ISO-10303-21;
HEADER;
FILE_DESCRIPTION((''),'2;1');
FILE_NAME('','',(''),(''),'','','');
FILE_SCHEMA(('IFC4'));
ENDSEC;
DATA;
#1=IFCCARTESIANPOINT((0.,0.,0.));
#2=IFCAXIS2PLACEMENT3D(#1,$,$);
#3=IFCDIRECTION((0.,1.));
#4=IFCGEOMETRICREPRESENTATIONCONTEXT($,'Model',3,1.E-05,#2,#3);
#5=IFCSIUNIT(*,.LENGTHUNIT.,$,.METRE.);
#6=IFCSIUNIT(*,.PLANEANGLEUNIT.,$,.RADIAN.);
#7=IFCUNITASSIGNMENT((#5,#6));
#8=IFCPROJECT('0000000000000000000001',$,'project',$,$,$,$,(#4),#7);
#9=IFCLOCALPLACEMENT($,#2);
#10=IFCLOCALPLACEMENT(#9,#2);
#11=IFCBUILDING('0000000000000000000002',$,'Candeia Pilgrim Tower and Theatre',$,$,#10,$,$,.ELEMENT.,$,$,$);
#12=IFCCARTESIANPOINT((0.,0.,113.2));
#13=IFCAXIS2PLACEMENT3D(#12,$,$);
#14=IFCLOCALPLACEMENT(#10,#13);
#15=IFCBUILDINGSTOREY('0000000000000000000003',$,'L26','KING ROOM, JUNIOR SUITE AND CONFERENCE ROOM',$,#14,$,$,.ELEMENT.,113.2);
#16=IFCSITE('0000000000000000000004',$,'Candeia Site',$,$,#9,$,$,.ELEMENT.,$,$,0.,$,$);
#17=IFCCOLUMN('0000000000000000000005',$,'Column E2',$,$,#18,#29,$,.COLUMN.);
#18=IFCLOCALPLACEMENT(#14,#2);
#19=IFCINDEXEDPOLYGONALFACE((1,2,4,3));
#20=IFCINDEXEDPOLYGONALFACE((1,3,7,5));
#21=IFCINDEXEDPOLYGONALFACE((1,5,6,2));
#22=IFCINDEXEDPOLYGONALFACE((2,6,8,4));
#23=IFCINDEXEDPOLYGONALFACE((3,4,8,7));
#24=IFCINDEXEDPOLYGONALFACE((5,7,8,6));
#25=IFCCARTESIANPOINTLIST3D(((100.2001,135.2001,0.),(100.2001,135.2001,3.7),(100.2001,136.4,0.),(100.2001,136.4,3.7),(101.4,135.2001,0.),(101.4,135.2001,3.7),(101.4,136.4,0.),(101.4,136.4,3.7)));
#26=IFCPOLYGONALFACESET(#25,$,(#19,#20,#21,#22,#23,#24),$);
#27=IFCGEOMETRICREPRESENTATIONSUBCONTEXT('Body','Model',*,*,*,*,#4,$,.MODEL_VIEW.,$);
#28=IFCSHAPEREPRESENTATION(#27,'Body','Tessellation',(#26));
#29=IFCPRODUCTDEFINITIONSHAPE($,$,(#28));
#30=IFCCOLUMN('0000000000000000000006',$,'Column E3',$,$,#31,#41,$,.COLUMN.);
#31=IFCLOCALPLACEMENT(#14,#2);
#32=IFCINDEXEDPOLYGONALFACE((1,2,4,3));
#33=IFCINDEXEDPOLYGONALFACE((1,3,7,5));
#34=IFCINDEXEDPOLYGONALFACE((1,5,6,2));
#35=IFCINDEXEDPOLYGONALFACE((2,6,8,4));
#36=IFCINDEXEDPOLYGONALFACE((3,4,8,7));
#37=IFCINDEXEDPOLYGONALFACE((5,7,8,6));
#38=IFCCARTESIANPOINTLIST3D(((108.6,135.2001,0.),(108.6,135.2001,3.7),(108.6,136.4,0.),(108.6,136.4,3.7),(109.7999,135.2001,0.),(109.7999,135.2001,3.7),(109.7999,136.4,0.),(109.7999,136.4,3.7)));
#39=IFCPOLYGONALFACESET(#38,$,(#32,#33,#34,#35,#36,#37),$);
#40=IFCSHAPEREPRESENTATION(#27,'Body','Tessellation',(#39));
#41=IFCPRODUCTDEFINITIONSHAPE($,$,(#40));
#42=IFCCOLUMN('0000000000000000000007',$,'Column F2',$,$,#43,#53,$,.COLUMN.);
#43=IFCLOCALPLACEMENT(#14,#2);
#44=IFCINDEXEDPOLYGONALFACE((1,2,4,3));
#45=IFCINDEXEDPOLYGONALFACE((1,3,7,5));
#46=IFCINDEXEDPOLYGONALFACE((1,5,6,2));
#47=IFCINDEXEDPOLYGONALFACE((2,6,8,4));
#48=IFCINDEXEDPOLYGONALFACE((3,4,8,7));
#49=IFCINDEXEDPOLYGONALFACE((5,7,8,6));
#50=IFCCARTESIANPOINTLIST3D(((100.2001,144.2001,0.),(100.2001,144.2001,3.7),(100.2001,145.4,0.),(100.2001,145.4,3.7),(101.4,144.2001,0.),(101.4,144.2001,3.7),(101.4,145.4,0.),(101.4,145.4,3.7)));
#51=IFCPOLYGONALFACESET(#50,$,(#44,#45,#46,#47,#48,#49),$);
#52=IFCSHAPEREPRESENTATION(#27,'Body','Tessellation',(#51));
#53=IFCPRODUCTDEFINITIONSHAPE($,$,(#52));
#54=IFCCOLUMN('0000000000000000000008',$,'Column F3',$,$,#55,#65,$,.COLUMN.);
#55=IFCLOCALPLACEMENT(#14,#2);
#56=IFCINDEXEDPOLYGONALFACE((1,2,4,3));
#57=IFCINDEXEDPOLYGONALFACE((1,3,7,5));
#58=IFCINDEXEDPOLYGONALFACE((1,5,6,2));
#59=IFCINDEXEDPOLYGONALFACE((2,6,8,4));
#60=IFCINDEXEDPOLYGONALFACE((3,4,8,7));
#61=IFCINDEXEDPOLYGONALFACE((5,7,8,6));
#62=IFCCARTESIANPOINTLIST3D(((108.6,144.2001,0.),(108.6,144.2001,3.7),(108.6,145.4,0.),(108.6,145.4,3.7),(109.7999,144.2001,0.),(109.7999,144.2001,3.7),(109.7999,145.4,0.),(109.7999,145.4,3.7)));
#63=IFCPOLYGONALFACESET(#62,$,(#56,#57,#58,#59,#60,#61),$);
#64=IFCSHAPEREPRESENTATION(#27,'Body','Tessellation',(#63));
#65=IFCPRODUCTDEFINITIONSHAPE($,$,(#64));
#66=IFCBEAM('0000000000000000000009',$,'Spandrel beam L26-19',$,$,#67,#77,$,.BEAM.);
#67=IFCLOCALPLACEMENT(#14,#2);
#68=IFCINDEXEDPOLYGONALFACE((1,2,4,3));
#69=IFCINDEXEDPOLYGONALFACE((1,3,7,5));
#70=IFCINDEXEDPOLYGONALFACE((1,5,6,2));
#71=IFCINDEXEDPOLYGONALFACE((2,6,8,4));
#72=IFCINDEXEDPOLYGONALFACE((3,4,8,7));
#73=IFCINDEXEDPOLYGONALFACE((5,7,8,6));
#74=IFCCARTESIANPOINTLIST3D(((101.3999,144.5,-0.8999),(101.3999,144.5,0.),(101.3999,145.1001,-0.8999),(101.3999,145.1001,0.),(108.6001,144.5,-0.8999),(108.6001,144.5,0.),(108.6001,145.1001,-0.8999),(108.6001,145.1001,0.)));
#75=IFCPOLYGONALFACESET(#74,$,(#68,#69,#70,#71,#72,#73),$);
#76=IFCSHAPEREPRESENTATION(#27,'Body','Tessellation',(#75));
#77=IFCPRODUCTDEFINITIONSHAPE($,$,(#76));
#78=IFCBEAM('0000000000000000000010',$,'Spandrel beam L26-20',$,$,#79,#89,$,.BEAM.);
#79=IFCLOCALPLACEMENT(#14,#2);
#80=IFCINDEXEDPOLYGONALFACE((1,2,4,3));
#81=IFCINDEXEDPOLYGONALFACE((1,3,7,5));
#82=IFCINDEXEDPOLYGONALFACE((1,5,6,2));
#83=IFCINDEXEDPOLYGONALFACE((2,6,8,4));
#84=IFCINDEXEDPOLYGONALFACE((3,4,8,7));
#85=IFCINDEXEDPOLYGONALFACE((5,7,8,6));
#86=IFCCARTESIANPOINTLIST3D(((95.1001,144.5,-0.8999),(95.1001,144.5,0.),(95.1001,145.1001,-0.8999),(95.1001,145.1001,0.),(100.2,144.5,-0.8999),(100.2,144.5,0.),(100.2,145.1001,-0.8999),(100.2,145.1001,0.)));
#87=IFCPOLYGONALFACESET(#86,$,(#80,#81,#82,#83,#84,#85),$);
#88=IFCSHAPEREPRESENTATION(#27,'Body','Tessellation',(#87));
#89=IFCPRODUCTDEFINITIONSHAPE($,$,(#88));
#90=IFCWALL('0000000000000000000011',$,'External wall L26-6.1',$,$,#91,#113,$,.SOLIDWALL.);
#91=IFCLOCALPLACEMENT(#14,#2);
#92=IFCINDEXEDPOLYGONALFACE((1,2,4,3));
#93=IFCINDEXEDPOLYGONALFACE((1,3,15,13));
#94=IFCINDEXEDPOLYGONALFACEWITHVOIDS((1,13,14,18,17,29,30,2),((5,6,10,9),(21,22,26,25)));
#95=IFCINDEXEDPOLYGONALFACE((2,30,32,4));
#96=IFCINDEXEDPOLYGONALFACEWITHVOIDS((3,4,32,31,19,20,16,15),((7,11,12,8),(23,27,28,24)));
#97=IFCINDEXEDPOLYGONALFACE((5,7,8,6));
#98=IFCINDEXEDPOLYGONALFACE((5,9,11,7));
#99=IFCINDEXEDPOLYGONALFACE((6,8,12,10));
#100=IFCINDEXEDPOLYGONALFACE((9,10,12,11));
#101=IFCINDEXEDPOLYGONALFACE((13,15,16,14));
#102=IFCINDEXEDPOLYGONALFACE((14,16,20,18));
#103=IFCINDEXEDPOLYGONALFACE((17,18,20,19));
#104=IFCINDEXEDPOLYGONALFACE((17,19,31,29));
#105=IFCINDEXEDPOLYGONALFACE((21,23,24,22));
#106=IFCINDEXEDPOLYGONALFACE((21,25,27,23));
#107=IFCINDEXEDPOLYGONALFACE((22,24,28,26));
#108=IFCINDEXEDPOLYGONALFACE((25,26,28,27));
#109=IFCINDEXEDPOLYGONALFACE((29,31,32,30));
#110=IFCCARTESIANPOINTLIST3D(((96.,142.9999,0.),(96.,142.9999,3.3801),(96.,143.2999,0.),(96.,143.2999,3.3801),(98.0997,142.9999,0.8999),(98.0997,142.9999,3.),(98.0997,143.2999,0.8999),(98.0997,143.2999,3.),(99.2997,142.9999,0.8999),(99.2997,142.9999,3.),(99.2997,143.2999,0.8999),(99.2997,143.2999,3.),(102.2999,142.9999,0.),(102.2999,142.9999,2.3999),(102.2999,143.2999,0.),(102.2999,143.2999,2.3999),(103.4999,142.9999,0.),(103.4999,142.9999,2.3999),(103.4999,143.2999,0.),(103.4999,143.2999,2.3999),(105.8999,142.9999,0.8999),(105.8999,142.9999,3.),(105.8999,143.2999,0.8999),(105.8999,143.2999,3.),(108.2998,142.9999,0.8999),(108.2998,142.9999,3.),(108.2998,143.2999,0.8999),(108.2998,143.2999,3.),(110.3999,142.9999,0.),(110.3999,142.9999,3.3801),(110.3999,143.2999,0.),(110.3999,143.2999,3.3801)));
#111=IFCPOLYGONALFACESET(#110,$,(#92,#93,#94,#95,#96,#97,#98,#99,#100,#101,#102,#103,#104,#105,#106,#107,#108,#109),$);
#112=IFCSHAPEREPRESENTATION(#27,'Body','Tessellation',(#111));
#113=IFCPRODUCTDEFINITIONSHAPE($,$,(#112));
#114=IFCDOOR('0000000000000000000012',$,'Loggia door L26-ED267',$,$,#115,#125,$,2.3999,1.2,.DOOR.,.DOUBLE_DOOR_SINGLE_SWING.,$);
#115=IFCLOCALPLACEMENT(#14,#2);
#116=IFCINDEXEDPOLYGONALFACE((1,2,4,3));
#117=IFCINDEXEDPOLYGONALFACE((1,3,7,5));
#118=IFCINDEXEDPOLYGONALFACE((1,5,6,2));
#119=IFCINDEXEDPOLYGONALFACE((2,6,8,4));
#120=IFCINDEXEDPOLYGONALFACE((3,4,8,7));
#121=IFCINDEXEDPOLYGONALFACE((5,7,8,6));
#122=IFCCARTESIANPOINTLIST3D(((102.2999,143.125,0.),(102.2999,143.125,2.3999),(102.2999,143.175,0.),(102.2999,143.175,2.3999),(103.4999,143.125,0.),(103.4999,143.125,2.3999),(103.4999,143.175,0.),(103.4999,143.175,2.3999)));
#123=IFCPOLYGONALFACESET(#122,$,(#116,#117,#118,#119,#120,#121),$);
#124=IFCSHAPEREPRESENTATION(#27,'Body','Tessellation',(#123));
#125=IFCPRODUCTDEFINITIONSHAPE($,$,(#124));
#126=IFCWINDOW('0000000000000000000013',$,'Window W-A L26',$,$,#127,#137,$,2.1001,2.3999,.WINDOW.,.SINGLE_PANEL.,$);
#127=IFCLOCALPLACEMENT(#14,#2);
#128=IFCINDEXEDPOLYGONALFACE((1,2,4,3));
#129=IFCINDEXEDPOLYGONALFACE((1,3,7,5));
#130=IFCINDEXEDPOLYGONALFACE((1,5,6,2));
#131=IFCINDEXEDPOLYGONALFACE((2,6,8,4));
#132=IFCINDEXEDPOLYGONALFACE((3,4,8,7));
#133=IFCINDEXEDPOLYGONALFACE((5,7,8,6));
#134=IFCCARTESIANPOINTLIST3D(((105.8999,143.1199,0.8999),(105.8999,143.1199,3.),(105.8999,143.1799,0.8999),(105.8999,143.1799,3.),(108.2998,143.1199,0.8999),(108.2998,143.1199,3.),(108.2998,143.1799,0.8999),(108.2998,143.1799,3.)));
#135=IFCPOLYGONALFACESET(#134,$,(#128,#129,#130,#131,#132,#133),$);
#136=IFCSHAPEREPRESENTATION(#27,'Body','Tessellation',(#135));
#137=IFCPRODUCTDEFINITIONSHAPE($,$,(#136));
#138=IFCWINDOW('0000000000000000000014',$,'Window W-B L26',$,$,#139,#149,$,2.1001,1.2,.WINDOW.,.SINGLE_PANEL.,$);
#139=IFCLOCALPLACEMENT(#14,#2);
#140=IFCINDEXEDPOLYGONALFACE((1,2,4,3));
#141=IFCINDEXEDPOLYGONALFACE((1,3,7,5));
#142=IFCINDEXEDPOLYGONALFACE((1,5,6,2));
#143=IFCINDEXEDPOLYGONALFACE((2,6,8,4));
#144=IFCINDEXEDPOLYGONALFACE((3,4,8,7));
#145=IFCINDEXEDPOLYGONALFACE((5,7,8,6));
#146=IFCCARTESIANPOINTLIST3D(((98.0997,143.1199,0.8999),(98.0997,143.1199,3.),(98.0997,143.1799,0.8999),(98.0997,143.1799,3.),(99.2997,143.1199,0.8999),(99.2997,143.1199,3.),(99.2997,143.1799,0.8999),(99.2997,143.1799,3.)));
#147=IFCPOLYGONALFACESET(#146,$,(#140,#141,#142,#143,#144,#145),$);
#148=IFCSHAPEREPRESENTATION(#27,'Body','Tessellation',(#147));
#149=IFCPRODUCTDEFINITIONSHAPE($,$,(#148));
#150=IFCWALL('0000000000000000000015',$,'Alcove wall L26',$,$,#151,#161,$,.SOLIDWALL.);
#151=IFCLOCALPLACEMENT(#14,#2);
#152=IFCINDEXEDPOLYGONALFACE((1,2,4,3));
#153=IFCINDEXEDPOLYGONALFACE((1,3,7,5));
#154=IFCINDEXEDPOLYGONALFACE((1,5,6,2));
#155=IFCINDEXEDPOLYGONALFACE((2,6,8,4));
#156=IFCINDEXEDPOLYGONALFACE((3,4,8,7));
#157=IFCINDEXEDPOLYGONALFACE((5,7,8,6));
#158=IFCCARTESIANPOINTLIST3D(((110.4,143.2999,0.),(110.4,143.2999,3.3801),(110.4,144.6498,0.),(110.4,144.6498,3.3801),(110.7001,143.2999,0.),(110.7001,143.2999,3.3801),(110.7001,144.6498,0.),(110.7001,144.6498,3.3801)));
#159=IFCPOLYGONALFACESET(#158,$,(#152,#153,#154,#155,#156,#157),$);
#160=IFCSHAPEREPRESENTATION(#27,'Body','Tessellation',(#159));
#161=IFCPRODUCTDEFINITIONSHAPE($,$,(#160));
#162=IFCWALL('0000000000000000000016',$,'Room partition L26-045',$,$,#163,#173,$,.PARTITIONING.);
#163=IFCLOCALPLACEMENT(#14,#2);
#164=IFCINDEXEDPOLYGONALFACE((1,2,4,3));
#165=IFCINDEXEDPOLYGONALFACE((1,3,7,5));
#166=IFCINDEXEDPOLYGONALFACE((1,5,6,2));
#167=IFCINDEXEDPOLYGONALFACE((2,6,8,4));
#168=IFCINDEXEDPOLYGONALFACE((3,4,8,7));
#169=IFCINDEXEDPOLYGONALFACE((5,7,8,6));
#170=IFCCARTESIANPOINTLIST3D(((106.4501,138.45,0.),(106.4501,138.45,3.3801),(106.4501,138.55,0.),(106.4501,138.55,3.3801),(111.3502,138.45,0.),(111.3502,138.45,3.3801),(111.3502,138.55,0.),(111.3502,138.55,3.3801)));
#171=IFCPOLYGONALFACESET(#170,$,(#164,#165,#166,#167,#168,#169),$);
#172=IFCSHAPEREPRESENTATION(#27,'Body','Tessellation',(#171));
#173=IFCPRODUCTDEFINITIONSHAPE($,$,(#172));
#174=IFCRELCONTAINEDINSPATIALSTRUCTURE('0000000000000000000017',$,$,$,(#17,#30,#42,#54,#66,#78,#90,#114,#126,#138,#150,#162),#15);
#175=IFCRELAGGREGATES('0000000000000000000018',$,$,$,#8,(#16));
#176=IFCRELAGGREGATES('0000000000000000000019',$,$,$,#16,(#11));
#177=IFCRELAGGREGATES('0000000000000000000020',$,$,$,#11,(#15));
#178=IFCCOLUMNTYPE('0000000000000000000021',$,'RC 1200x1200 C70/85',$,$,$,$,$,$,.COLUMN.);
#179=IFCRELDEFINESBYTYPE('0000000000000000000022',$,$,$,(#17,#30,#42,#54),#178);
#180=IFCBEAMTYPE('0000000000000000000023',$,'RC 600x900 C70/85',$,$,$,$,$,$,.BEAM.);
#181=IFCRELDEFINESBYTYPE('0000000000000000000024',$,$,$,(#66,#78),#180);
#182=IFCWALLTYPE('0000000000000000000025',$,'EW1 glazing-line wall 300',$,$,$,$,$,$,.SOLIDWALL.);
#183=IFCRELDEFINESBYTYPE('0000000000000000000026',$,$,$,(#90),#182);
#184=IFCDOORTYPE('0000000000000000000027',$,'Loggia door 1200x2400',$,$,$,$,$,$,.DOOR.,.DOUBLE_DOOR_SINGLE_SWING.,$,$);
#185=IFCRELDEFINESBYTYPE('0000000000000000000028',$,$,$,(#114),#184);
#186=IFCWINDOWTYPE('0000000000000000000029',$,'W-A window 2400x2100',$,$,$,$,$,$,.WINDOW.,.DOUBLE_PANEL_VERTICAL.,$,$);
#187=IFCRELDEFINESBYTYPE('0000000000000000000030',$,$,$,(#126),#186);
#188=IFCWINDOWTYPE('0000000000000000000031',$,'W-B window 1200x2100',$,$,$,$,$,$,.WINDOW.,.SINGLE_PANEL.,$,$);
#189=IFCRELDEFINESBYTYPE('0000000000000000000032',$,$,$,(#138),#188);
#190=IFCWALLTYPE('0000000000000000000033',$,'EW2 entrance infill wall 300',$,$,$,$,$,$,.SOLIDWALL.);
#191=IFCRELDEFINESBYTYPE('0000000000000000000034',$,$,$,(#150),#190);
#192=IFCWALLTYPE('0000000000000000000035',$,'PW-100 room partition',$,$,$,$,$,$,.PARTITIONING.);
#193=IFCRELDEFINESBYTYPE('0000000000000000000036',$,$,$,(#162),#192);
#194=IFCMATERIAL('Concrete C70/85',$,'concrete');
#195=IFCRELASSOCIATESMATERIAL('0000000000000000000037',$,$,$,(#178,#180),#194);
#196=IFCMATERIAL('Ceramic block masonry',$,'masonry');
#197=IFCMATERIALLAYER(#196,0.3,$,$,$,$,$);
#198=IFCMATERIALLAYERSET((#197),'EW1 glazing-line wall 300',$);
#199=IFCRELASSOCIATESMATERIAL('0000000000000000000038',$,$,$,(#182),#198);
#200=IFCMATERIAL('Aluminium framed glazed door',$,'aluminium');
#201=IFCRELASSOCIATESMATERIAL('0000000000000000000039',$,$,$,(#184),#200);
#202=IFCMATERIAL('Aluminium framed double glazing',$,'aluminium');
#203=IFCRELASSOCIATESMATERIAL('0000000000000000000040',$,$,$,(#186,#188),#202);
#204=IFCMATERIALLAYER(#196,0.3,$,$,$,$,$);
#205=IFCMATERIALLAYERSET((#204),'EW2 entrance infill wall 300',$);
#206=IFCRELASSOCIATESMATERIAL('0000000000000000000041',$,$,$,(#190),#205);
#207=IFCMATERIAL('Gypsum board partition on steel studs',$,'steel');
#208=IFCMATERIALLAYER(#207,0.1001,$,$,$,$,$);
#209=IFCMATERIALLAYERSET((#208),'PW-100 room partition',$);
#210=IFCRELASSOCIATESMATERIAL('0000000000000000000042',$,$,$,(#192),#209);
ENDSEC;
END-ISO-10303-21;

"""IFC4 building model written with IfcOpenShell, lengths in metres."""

from ifc_helpers import new_model, si_unit, direction, frame, frame_2d, origin, origin_2d, place, context, subcontext, project, spatial, rectangle, extrude, material, layer, layer_set, material_profile, profile_set, type_object, element, fill, save


model = new_model("IFC4")

# Units and contexts
model_context = context("Model", 3, precision=1e-05, world=origin(), true_north=direction((0.0, 1.0)))
body_context = subcontext(model_context, "Body", "Model", "MODEL_VIEW")
ifc_project = project(units=[si_unit("LENGTHUNIT", "METRE"), si_unit("PLANEANGLEUNIT", "RADIAN")], contexts=[model_context])

# Site, building, storey
site_placement = place(None, origin())
site = spatial("IfcSite", under=ifc_project, at=site_placement, Name="Candeia Site", CompositionType="ELEMENT", RefElevation=0.0)
building_placement = place(site_placement, origin())
building = spatial("IfcBuilding", under=site, at=building_placement, Name="Candeia Pilgrim Tower and Theatre", CompositionType="ELEMENT")
storey_placement = place(building_placement, frame((0.0, 0.0, 113.2)))
storey = spatial("IfcBuildingStorey", under=building, at=storey_placement, Name="L26", Description="KING ROOM, JUNIOR SUITE AND CONFERENCE ROOM", CompositionType="ELEMENT", Elevation=113.2)

# Columns
ifc_material_1 = material(Name="Concrete C70/85", Category="concrete")
ifc_material_profile_1 = material_profile(ifc_material_1, rectangle(XDim=1.2, YDim=1.2, at=origin_2d()))
ifc_profile_set_1 = profile_set([ifc_material_profile_1], Name="Concrete C70/85")
column_type = type_object("IfcColumnType", Name="RC 1200x1200 C70/85", PredefinedType="COLUMN", material=ifc_profile_set_1)
for number, where, z_axis, x_axis, name in (
    (1, (100.8, 135.8, 0.0), (0.0, 0.0, 1.0), (1.0, 0.0, 0.0), "Column E2"),
    (2, (109.2, 135.8, 0.0), (0.0, 0.0, 1.0), (1.0, 0.0, 0.0), "Column E3"),
    (3, (100.8, 144.8, 0.0), (0.0, 0.0, 1.0), (1.0, 0.0, 0.0), "Column F2"),
    (4, (109.2, 144.8, 0.0), (0.0, 0.0, 1.0), (1.0, 0.0, 0.0), "Column F3"),
):
    element("IfcColumn", number, at=place(storey_placement, frame(where, z_axis=z_axis, x_axis=x_axis)), inside=storey, type_object=column_type, Name=name, PredefinedType="COLUMN", context=body_context, shape_type="SweptSolid", body=[
        extrude(rectangle(XDim=1.2, YDim=1.2, at=origin_2d()), origin(), (0.0, 0.0, 1.0), 3.7),
    ])

# Beams
ifc_material_profile_2 = material_profile(ifc_material_1, rectangle(XDim=0.6001, YDim=0.8999, at=origin_2d()))
ifc_profile_set_2 = profile_set([ifc_material_profile_2], Name="Concrete C70/85")
beam_type = type_object("IfcBeamType", Name="RC 600x900 C70/85", PredefinedType="BEAM", material=ifc_profile_set_2)
beam_1_placement = place(storey_placement, frame((108.6001, 144.8, -0.45), z_axis=(-1.0, 0.0, 0.0), x_axis=(0.0, -1.0, 0.0)))
element("IfcBeam", 5, at=beam_1_placement, inside=storey, type_object=beam_type, Name="Spandrel beam L26-19", PredefinedType="BEAM", context=body_context, shape_type="SweptSolid", body=[
    extrude(rectangle(XDim=0.6001, YDim=0.8999, at=origin_2d()), origin(), (0.0, 0.0, 1.0), 7.2002),
])
beam_2_placement = place(storey_placement, frame((100.2, 144.8, -0.45), z_axis=(-1.0, 0.0, 0.0), x_axis=(0.0, -1.0, 0.0)))
element("IfcBeam", 6, at=beam_2_placement, inside=storey, type_object=beam_type, Name="Spandrel beam L26-20", PredefinedType="BEAM", context=body_context, shape_type="SweptSolid", body=[
    extrude(rectangle(XDim=0.6001, YDim=0.8999, at=origin_2d()), origin(), (0.0, 0.0, 1.0), 5.0999),
])

# Wall, openings, door, windows
ifc_material_2 = material(Name="Ceramic block masonry", Category="masonry")
ifc_layer_1 = layer(ifc_material_2, 0.3)
ifc_layer_set_1 = layer_set([ifc_layer_1], Name="EW1 glazing-line wall 300")
wall_type_1 = type_object("IfcWallType", Name="EW1 glazing-line wall 300", PredefinedType="SOLIDWALL", material=ifc_layer_set_1)
wall_1_placement = place(storey_placement, frame((110.3999, 143.1499, 0.0), z_axis=(0.0, 0.0, 1.0), x_axis=(-1.0, 0.0, 0.0)))
wall_1 = element("IfcWall", 7, at=wall_1_placement, inside=storey, type_object=wall_type_1, Name="External wall L26-6.1", PredefinedType="SOLIDWALL", context=body_context, shape_type="SweptSolid", body=[
    extrude(rectangle(XDim=14.3999, YDim=0.3, at=frame_2d((7.2, 0.0))), origin(), (0.0, 0.0, 1.0), 3.3801),
])
opening_1_placement = place(wall_1_placement, frame((2.1001, 0.0, 0.8999)))
opening_1 = element("IfcOpeningElement", 8, at=opening_1_placement, cuts=wall_1, PredefinedType="OPENING", context=body_context, shape_type="SweptSolid", body=[
    extrude(rectangle(XDim=2.3999, YDim=2.1001, at=frame_2d((1.2, 1.05))), frame((0.0, 0.1602, 0.0), z_axis=(0.0, -1.0, 0.0), x_axis=(1.0, 0.0, 0.0)), (0.0, 0.0, 1.0), 0.3201),
])
opening_2_placement = place(wall_1_placement, frame((6.8999, 0.0, 0.0)))
opening_2 = element("IfcOpeningElement", 9, at=opening_2_placement, cuts=wall_1, PredefinedType="OPENING", context=body_context, shape_type="SweptSolid", body=[
    extrude(rectangle(XDim=1.2, YDim=2.3999, at=frame_2d((0.6001, 1.2))), frame((0.0, 0.1602, 0.0), z_axis=(0.0, -1.0, 0.0), x_axis=(1.0, 0.0, 0.0)), (0.0, 0.0, 1.0), 0.3201),
])
opening_3_placement = place(wall_1_placement, frame((11.1001, 0.0, 0.8999)))
opening_3 = element("IfcOpeningElement", 10, at=opening_3_placement, cuts=wall_1, PredefinedType="OPENING", context=body_context, shape_type="SweptSolid", body=[
    extrude(rectangle(XDim=1.2, YDim=2.1001, at=frame_2d((0.6001, 1.05))), frame((0.0, 0.1602, 0.0), z_axis=(0.0, -1.0, 0.0), x_axis=(1.0, 0.0, 0.0)), (0.0, 0.0, 1.0), 0.3201),
])
ifc_material_3 = material(Name="Aluminium framed glazed door", Category="aluminium")
door_type_1 = type_object("IfcDoorType", Name="Loggia door 1200x2400", OperationType="DOUBLE_DOOR_SINGLE_SWING", PredefinedType="DOOR", material=ifc_material_3)
door_1_placement = place(opening_2_placement, origin())
door_1 = element("IfcDoor", 11, at=door_1_placement, inside=storey, type_object=door_type_1, Name="Loggia door L26-ED267", OperationType="DOUBLE_DOOR_SINGLE_SWING", OverallHeight=2.3999, OverallWidth=1.2, PredefinedType="DOOR", context=body_context, shape_type="SweptSolid", body=[
    extrude(rectangle(XDim=1.2, YDim=2.3999, at=frame_2d((0.6001, 1.2))), frame((0.0, 0.0249, 0.0), z_axis=(0.0, -1.0, 0.0), x_axis=(1.0, 0.0, 0.0)), (0.0, 0.0, 1.0), 0.05),
])
fill(opening_2, door_1)
ifc_material_4 = material(Name="Aluminium framed double glazing", Category="aluminium")
window_type_1 = type_object("IfcWindowType", Name="W-A window 2400x2100", PartitioningType="DOUBLE_PANEL_VERTICAL", PredefinedType="WINDOW", material=ifc_material_4)
window_1_placement = place(opening_1_placement, origin())
window_1 = element("IfcWindow", 12, at=window_1_placement, inside=storey, type_object=window_type_1, Name="Window W-A L26", OverallHeight=2.1001, OverallWidth=2.3999, PartitioningType="SINGLE_PANEL", PredefinedType="WINDOW", context=body_context, shape_type="SweptSolid", body=[
    extrude(rectangle(XDim=2.3999, YDim=2.1001, at=frame_2d((1.2, 1.05))), frame((0.0, 0.03, 0.0), z_axis=(0.0, -1.0, 0.0), x_axis=(1.0, 0.0, 0.0)), (0.0, 0.0, 1.0), 0.0601),
])
fill(opening_1, window_1)
window_type_2 = type_object("IfcWindowType", Name="W-B window 1200x2100", PartitioningType="SINGLE_PANEL", PredefinedType="WINDOW", material=ifc_material_4)
window_2_placement = place(opening_3_placement, origin())
window_2 = element("IfcWindow", 13, at=window_2_placement, inside=storey, type_object=window_type_2, Name="Window W-B L26", OverallHeight=2.1001, OverallWidth=1.2, PartitioningType="SINGLE_PANEL", PredefinedType="WINDOW", context=body_context, shape_type="SweptSolid", body=[
    extrude(rectangle(XDim=1.2, YDim=2.1001, at=frame_2d((0.6001, 1.05))), frame((0.0, 0.03, 0.0), z_axis=(0.0, -1.0, 0.0), x_axis=(1.0, 0.0, 0.0)), (0.0, 0.0, 1.0), 0.0601),
])
fill(opening_3, window_2)

# Walls
ifc_layer_2 = layer(ifc_material_2, 0.3)
ifc_layer_set_2 = layer_set([ifc_layer_2], Name="EW2 entrance infill wall 300")
wall_type_2 = type_object("IfcWallType", Name="EW2 entrance infill wall 300", PredefinedType="SOLIDWALL", material=ifc_layer_set_2)
wall_2_placement = place(storey_placement, frame((110.55, 143.3, 0.0), z_axis=(0.0, 0.0, 1.0), x_axis=(0.0, 1.0, 0.0)))
element("IfcWall", 14, at=wall_2_placement, inside=storey, type_object=wall_type_2, Name="Alcove wall L26", PredefinedType="SOLIDWALL", context=body_context, shape_type="SweptSolid", body=[
    extrude(rectangle(XDim=1.3499, YDim=0.3, at=frame_2d((0.6748, 0.0))), origin(), (0.0, 0.0, 1.0), 3.3801),
])
ifc_material_5 = material(Name="Gypsum board partition on steel studs", Category="steel")
ifc_layer_3 = layer(ifc_material_5, 0.1001)
ifc_layer_set_3 = layer_set([ifc_layer_3], Name="PW-100 room partition")
wall_type_3 = type_object("IfcWallType", Name="PW-100 room partition", PredefinedType="PARTITIONING", material=ifc_layer_set_3)
wall_3_placement = place(storey_placement, frame((106.45, 138.5, 0.0), z_axis=(0.0, 0.0, 1.0), x_axis=(1.0, 0.0, 0.0)))
element("IfcWall", 15, at=wall_3_placement, inside=storey, type_object=wall_type_3, Name="Room partition L26-045", PredefinedType="PARTITIONING", context=body_context, shape_type="SweptSolid", body=[
    extrude(rectangle(XDim=4.9001, YDim=0.1001, at=frame_2d((2.4502, 0.0))), origin(), (0.0, 0.0, 1.0), 3.3801),
])

save(model, "model.ifc")
